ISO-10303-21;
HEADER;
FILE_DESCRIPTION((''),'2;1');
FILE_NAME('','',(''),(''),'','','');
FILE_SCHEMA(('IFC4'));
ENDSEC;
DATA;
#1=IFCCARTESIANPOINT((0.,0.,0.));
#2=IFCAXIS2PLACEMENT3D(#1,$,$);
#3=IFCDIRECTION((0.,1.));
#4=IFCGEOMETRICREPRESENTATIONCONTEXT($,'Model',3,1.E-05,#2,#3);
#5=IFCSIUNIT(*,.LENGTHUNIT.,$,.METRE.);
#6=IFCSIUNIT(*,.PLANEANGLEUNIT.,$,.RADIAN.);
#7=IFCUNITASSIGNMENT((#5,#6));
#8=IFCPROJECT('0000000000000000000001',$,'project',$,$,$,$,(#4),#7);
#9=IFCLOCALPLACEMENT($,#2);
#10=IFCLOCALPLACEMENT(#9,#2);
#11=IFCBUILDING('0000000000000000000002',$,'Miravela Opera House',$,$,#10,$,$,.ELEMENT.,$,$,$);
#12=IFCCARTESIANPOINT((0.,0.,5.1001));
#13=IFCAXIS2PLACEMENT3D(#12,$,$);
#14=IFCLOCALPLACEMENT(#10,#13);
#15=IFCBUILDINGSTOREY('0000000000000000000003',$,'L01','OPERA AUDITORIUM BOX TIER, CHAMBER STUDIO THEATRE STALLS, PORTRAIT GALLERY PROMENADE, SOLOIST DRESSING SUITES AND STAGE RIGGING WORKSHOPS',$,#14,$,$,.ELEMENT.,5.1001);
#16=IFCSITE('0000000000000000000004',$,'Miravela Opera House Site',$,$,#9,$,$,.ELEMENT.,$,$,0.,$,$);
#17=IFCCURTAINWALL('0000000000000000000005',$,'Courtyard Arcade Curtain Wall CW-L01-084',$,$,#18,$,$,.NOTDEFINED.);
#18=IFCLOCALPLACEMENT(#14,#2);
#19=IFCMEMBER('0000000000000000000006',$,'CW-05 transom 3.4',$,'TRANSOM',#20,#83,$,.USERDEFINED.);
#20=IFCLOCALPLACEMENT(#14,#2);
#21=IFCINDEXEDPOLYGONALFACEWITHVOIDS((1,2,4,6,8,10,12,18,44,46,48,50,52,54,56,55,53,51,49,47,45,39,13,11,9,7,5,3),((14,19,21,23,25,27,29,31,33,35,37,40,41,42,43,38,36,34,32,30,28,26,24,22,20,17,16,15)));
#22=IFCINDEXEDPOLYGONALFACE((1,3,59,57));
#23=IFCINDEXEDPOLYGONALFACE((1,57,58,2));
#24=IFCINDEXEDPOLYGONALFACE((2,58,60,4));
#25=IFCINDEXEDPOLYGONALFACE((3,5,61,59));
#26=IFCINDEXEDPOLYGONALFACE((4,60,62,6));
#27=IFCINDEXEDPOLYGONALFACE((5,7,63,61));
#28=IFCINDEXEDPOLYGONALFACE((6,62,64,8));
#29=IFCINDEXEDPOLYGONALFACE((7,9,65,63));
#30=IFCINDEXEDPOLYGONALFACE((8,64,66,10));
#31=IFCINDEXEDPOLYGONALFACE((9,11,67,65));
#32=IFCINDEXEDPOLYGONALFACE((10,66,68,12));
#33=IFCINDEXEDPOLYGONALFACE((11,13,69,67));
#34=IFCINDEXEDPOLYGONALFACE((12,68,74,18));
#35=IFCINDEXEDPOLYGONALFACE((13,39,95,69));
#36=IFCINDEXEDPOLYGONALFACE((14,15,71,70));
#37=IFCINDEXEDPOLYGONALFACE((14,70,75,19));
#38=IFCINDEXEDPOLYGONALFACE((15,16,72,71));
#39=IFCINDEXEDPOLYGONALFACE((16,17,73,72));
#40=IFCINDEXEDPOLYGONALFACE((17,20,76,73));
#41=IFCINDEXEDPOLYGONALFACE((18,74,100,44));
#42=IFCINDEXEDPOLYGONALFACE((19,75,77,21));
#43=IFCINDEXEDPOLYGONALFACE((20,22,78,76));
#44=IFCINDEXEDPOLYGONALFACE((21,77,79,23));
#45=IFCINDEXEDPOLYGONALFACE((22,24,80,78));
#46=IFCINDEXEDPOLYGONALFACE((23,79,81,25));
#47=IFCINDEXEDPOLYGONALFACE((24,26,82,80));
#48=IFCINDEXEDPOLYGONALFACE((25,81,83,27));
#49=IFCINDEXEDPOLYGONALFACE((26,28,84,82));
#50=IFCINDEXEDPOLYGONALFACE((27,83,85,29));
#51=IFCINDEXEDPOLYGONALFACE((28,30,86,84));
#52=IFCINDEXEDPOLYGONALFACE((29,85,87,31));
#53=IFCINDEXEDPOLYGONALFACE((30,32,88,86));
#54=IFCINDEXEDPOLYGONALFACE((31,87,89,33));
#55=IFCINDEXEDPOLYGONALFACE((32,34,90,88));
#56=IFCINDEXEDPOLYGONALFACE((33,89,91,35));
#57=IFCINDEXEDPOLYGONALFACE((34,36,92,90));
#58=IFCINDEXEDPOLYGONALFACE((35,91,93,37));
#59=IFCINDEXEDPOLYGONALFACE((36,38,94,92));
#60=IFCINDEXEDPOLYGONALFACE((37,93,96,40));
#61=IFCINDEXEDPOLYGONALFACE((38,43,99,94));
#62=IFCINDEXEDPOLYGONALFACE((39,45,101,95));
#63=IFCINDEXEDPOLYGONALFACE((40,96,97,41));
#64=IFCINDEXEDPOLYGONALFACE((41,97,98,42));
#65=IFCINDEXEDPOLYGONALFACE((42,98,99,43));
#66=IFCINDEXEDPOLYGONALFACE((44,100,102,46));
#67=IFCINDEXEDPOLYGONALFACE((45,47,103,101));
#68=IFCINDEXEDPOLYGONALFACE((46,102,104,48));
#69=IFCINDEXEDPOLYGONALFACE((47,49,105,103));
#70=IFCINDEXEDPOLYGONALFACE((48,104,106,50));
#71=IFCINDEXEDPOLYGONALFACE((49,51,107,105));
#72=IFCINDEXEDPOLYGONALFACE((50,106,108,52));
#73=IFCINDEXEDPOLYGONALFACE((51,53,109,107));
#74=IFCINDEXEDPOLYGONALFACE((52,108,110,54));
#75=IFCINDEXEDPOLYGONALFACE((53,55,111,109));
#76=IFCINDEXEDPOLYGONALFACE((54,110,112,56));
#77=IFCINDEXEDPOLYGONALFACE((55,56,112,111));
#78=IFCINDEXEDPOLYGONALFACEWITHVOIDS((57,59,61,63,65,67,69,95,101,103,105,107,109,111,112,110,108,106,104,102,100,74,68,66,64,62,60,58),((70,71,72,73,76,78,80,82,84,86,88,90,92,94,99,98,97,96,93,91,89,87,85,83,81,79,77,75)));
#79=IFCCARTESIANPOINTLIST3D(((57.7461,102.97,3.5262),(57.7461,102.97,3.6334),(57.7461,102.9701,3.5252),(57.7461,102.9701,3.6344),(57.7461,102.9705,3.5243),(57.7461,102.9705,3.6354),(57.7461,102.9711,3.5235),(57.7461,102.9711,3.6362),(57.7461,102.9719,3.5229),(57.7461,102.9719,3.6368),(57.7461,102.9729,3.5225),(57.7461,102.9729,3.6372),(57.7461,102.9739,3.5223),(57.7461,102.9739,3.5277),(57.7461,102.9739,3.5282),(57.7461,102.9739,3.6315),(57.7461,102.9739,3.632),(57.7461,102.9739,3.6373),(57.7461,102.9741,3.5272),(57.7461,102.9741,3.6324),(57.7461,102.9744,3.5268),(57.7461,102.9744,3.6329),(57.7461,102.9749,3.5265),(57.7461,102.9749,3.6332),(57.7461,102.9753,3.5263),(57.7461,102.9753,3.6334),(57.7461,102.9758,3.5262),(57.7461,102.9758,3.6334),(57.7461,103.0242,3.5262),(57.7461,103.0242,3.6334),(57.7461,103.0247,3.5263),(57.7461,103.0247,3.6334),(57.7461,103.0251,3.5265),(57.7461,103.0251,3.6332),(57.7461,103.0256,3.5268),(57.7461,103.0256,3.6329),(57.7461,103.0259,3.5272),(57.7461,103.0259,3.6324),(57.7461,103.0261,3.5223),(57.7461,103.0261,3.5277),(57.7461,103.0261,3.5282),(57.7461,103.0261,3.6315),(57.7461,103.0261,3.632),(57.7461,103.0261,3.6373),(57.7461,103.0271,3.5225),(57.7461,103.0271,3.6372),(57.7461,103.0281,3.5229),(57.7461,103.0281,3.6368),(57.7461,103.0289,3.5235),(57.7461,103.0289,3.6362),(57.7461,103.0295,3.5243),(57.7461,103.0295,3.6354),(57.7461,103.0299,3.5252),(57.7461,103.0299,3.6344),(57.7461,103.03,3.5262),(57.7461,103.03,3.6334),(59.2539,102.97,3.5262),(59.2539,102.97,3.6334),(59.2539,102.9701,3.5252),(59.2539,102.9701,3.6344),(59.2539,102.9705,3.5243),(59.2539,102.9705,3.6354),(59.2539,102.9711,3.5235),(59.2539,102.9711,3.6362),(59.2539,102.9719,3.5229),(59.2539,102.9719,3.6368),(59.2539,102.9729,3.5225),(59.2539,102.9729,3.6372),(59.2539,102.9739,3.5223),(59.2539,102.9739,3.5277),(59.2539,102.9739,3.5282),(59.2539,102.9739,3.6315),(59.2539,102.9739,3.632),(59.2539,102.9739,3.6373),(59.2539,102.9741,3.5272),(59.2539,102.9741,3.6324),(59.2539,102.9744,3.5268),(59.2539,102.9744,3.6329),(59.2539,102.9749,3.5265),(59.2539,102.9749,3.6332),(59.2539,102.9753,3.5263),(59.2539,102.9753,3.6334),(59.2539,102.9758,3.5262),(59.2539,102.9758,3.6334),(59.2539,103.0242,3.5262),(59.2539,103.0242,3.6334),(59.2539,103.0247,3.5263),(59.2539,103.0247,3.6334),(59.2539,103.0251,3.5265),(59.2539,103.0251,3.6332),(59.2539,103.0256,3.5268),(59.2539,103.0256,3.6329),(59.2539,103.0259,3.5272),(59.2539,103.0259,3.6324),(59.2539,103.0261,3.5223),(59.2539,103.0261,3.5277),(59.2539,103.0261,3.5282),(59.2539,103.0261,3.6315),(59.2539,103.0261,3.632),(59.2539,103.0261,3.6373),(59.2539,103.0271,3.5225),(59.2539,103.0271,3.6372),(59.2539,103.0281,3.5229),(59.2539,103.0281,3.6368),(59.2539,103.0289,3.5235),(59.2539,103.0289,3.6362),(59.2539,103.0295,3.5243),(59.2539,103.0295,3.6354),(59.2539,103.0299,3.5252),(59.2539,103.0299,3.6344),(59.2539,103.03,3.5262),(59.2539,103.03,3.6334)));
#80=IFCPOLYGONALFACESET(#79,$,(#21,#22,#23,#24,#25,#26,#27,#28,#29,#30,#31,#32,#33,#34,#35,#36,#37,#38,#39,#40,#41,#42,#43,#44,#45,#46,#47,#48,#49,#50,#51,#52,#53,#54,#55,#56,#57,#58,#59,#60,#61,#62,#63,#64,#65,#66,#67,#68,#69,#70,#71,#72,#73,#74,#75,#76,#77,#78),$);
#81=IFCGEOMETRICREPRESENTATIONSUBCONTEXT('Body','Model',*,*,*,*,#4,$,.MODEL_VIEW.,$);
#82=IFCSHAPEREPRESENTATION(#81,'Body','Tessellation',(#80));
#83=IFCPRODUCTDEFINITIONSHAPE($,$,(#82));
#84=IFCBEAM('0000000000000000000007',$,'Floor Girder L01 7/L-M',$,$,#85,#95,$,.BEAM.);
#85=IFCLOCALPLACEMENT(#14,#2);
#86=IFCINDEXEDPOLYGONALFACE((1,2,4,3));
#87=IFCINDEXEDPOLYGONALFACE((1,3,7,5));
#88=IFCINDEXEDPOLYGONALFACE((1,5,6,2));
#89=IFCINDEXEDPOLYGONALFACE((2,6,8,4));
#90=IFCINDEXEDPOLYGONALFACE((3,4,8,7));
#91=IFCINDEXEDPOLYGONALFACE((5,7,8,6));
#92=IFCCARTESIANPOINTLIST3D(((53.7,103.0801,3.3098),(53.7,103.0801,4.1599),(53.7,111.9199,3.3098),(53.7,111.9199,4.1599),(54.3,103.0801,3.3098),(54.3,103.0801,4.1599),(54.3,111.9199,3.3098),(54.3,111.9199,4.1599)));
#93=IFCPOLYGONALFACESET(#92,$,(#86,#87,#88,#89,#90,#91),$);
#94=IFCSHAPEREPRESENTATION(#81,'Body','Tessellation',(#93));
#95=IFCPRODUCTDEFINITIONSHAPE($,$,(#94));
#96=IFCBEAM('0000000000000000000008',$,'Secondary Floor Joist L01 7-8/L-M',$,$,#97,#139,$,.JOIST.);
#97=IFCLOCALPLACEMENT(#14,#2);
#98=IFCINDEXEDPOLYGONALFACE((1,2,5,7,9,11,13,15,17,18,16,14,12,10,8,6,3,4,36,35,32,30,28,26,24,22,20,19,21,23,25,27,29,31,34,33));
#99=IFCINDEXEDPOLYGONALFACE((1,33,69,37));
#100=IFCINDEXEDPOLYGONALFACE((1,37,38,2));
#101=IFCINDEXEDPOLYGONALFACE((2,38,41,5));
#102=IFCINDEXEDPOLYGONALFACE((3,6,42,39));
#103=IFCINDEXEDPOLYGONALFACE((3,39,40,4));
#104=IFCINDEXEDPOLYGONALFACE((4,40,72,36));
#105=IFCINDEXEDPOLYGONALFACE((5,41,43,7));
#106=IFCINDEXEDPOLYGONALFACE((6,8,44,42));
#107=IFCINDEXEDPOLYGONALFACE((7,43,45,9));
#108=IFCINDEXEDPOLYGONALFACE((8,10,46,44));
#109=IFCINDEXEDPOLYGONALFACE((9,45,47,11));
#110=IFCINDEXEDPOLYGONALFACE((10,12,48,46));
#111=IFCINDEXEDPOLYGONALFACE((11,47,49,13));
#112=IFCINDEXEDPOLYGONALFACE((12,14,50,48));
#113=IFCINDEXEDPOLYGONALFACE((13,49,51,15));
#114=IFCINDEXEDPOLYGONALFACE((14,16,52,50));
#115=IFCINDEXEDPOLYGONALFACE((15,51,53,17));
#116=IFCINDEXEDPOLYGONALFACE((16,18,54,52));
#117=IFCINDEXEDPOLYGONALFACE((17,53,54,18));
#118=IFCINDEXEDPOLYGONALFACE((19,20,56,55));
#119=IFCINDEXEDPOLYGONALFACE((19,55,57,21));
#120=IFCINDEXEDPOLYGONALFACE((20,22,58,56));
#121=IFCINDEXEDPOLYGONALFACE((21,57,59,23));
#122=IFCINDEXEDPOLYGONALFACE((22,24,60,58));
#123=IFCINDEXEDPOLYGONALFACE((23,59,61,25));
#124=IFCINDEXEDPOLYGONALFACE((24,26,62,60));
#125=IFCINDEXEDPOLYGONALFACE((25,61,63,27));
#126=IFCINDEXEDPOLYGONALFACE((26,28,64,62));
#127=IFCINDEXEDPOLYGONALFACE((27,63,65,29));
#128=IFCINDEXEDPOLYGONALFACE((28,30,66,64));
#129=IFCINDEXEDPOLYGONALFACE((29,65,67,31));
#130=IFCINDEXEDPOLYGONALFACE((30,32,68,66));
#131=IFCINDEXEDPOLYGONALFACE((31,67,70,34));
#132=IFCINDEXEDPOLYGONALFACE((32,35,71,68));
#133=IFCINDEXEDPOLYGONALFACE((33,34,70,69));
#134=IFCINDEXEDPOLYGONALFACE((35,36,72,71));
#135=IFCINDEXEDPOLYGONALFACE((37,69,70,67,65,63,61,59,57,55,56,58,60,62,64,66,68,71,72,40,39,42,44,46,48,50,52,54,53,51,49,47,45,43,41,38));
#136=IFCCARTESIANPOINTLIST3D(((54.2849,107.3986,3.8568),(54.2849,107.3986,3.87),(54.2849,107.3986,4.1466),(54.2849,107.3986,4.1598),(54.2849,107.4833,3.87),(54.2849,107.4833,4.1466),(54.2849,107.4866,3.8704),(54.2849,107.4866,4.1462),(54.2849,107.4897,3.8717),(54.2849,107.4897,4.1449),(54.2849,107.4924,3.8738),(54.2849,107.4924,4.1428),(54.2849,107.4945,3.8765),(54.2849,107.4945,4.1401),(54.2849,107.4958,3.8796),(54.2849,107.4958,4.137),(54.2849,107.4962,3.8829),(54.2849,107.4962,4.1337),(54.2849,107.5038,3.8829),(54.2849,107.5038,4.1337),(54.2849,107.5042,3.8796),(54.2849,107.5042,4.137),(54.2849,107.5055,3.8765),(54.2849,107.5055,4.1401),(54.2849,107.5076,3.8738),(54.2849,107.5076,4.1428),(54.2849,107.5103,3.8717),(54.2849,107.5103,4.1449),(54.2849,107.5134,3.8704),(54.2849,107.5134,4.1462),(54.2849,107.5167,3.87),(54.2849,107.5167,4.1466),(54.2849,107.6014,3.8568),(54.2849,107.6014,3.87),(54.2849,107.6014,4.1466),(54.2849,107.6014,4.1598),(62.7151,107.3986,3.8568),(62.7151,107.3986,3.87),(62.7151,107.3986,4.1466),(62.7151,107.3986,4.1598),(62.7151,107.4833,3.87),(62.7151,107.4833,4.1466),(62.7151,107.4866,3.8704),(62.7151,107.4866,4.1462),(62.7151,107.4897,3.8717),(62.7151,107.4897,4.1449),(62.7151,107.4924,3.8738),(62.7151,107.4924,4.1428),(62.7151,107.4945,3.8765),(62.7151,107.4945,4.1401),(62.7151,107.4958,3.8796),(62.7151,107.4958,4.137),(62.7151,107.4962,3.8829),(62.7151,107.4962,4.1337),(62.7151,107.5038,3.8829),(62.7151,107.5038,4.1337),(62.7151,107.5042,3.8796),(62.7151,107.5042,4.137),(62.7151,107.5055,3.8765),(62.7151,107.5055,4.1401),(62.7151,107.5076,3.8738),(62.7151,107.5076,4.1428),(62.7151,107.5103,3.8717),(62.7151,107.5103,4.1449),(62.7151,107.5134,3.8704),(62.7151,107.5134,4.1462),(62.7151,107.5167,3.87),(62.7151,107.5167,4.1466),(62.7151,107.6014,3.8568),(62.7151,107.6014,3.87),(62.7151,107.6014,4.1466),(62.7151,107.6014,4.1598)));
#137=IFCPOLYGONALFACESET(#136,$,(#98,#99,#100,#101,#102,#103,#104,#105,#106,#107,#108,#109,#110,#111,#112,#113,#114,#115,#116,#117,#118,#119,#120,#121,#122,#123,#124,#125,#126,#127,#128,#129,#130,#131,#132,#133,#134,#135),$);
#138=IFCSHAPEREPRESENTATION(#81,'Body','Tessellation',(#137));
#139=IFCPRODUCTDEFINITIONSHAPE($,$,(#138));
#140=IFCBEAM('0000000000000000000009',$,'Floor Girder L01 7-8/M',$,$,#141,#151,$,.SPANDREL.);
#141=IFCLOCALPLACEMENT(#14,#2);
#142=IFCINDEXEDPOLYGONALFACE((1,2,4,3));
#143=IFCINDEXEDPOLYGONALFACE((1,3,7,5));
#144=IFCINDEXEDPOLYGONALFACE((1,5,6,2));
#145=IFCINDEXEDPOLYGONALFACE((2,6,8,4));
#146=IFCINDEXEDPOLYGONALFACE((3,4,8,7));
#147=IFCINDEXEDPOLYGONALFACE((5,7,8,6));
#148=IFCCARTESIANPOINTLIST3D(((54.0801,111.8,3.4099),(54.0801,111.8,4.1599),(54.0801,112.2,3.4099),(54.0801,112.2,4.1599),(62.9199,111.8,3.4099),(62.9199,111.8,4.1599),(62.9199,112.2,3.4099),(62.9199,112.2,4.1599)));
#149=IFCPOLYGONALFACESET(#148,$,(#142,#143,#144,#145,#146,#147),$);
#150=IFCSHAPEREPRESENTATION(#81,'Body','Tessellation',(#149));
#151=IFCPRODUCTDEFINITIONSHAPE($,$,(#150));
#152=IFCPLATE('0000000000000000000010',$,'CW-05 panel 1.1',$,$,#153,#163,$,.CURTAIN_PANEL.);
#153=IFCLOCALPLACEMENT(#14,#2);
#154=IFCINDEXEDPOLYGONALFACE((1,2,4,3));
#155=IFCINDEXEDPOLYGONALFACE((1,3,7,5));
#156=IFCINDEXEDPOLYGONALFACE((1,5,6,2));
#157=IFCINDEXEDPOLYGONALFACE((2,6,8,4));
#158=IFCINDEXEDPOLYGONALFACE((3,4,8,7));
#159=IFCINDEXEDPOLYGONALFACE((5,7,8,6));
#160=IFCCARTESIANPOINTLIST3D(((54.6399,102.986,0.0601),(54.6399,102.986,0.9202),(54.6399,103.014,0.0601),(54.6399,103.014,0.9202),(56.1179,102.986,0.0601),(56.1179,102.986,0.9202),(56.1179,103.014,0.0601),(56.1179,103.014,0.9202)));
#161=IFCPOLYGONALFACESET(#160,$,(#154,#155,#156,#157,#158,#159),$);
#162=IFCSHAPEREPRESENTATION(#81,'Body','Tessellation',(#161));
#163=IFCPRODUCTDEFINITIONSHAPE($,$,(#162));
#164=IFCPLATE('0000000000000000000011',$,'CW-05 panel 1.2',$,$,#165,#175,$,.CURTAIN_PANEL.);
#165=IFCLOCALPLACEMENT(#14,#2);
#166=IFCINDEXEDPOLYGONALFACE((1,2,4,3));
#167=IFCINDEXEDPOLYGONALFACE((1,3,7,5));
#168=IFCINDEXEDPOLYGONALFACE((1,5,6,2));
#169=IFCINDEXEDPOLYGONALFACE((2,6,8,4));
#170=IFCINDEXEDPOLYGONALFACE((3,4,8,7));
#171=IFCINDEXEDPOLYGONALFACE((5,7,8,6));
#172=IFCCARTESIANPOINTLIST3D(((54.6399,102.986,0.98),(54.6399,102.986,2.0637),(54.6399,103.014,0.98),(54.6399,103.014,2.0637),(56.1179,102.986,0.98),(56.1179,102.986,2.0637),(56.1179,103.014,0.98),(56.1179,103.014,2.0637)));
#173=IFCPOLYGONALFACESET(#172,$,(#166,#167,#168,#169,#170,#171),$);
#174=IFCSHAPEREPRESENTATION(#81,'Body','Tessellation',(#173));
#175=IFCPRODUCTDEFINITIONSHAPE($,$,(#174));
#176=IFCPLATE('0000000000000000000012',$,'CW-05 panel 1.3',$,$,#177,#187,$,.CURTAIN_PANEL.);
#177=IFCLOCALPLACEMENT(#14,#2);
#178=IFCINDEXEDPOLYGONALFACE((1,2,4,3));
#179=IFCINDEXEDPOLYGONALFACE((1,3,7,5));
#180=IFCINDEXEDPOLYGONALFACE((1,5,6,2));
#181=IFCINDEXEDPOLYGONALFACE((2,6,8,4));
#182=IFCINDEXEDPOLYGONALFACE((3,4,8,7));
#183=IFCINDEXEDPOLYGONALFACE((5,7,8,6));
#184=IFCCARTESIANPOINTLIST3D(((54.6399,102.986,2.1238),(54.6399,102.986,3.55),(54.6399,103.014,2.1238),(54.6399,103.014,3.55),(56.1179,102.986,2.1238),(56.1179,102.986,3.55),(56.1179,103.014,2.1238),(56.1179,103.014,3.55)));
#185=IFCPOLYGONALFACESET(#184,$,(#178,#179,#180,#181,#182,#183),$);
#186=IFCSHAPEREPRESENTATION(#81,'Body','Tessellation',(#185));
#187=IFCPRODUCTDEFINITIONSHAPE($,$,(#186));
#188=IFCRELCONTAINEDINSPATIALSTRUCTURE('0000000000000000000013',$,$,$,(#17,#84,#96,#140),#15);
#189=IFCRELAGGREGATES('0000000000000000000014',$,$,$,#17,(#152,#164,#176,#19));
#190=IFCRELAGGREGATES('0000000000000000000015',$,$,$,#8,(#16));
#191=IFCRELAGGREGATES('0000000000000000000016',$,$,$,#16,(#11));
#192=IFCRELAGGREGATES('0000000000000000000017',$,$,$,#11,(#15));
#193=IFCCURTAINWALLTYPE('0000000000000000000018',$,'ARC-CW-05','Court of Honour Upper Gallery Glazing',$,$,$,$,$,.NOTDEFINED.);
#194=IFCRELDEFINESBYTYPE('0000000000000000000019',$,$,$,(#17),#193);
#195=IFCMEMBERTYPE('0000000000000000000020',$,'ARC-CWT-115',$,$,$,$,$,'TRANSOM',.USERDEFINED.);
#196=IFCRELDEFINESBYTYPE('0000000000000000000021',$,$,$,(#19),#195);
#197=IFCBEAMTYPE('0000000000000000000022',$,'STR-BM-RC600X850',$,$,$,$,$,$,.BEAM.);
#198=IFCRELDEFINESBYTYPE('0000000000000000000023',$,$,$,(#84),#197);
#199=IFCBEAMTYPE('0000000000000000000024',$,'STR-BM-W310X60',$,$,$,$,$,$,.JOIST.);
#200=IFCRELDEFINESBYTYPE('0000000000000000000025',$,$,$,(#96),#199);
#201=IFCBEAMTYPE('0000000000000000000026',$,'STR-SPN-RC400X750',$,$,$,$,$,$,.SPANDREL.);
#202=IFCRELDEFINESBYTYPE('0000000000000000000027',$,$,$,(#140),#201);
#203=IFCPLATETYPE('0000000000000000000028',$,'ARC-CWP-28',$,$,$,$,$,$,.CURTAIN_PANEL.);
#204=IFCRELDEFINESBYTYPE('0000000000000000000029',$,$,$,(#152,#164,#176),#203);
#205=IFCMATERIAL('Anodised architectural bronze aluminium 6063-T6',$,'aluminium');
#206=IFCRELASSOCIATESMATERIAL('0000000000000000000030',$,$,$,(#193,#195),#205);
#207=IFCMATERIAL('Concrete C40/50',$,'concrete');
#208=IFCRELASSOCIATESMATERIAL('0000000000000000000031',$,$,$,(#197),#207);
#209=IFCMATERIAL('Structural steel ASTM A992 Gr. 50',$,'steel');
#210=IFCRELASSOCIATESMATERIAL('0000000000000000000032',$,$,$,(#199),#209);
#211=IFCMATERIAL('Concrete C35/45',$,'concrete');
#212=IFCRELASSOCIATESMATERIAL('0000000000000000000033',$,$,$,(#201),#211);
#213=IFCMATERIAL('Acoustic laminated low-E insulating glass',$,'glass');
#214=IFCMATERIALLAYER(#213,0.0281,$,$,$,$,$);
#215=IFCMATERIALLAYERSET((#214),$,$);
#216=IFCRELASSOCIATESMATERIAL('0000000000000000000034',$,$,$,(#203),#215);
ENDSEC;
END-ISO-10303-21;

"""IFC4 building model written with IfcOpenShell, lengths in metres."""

from ifc_helpers import new_model, si_unit, direction, frame, origin, origin_2d, place, context, subcontext, project, spatial, rectangle, hollow_rectangle, i_section, extrude, material, layer, layer_set, material_profile, profile_set, type_object, element, aggregate, save


model = new_model("IFC4")

# Units and contexts
model_context = context("Model", 3, precision=1e-05, world=origin(), true_north=direction((0.0, 1.0)))
body_context = subcontext(model_context, "Body", "Model", "MODEL_VIEW")
ifc_project = project(units=[si_unit("LENGTHUNIT", "METRE"), si_unit("PLANEANGLEUNIT", "RADIAN")], contexts=[model_context])

# Site, building, storey
site_placement = place(None, origin())
site = spatial("IfcSite", under=ifc_project, at=site_placement, Name="Miravela Opera House Site", CompositionType="ELEMENT", RefElevation=0.0)
building_placement = place(site_placement, origin())
building = spatial("IfcBuilding", under=site, at=building_placement, Name="Miravela Opera House", CompositionType="ELEMENT")
storey_placement = place(building_placement, frame((0.0, 0.0, 5.1001)))
storey = spatial("IfcBuildingStorey", under=building, at=storey_placement, Name="L01", Description="OPERA AUDITORIUM BOX TIER, CHAMBER STUDIO THEATRE STALLS, PORTRAIT GALLERY PROMENADE, SOLOIST DRESSING SUITES AND STAGE RIGGING WORKSHOPS", CompositionType="ELEMENT", Elevation=5.1001)

# Shared definitions
ifc_material_1 = material(Name="Concrete C35/45", Category="concrete")

# Curtain wall, member
ifc_material_2 = material(Name="Anodised architectural bronze aluminium 6063-T6", Category="aluminium")
curtain_wall_type = type_object("IfcCurtainWallType", Name="ARC-CW-05", Description="Court of Honour Upper Gallery Glazing", PredefinedType="NOTDEFINED", material=ifc_material_2)
curtain_wall_placement = place(storey_placement, origin())
curtain_wall = element("IfcCurtainWall", 1, at=curtain_wall_placement, inside=storey, type_object=curtain_wall_type, Name="Courtyard Arcade Curtain Wall CW-L01-084", PredefinedType="NOTDEFINED")
ifc_material_profile_1 = material_profile(ifc_material_2, hollow_rectangle(XDim=0.0601, YDim=0.115, WallThickness=0.0039, InnerFilletRadius=0.002, OuterFilletRadius=0.0039, at=origin_2d()), Name="CWT-60X115")
ifc_profile_set_1 = profile_set([ifc_material_profile_1])
member_type_1 = type_object("IfcMemberType", Name="ARC-CWT-115", ElementType="TRANSOM", PredefinedType="USERDEFINED", material=ifc_profile_set_1)
member_1_placement = place(storey_placement, frame((57.7461, 103.0, 3.5798), z_axis=(1.0, 0.0, 0.0), x_axis=(0.0, 1.0, 0.0)))
member_1 = element("IfcMember", 2, at=member_1_placement, type_object=member_type_1, Name="CW-05 transom 3.4", ObjectType="TRANSOM", PredefinedType="USERDEFINED", context=body_context, shape_type="SweptSolid", body=[
    extrude(hollow_rectangle(XDim=0.0601, YDim=0.115, WallThickness=0.0039, InnerFilletRadius=0.002, OuterFilletRadius=0.0039, at=origin_2d()), origin(), (0.0, 0.0, 1.0), 1.5078),
])

# Beams
ifc_material_3 = material(Name="Concrete C40/50", Category="concrete")
ifc_material_profile_2 = material_profile(ifc_material_3, rectangle(XDim=0.6001, YDim=0.8501, at=origin_2d()), Name="RC-BM-600X850")
ifc_profile_set_2 = profile_set([ifc_material_profile_2])
beam_type_1 = type_object("IfcBeamType", Name="STR-BM-RC600X850", PredefinedType="BEAM", material=ifc_profile_set_2)
beam_1_placement = place(storey_placement, frame((54.0, 103.0801, 3.7349), z_axis=(0.0, 1.0, 0.0), x_axis=(-1.0, 0.0, 0.0)))
element("IfcBeam", 3, at=beam_1_placement, inside=storey, type_object=beam_type_1, Name="Floor Girder L01 7/L-M", PredefinedType="BEAM", context=body_context, shape_type="SweptSolid", body=[
    extrude(rectangle(XDim=0.6001, YDim=0.8501, at=origin_2d()), origin(), (0.0, 0.0, 1.0), 8.8398),
])
ifc_material_4 = material(Name="Structural steel ASTM A992 Gr. 50", Category="steel")
ifc_material_profile_3 = material_profile(ifc_material_4, i_section(OverallWidth=0.2029, OverallDepth=0.303, WebThickness=0.0076, FlangeThickness=0.0132, FilletRadius=0.0129, at=origin_2d()), Name="W310X60")
ifc_profile_set_3 = profile_set([ifc_material_profile_3])
beam_type_2 = type_object("IfcBeamType", Name="STR-BM-W310X60", PredefinedType="JOIST", material=ifc_profile_set_3)
beam_2_placement = place(storey_placement, frame((54.2849, 107.5, 4.0083), z_axis=(1.0, 0.0, 0.0), x_axis=(0.0, 1.0, 0.0)))
element("IfcBeam", 4, at=beam_2_placement, inside=storey, type_object=beam_type_2, Name="Secondary Floor Joist L01 7-8/L-M", PredefinedType="JOIST", context=body_context, shape_type="SweptSolid", body=[
    extrude(i_section(OverallWidth=0.2029, OverallDepth=0.303, WebThickness=0.0076, FlangeThickness=0.0132, FilletRadius=0.0129, at=origin_2d()), origin(), (0.0, 0.0, 1.0), 8.4302),
])
ifc_material_profile_4 = material_profile(ifc_material_1, rectangle(XDim=0.3999, YDim=0.75, at=origin_2d()), Name="RC-SPN-400X750")
ifc_profile_set_4 = profile_set([ifc_material_profile_4])
beam_type_3 = type_object("IfcBeamType", Name="STR-SPN-RC400X750", PredefinedType="SPANDREL", material=ifc_profile_set_4)
beam_3_placement = place(storey_placement, frame((54.0801, 112.0, 3.7849), z_axis=(1.0, 0.0, 0.0), x_axis=(0.0, 1.0, 0.0)))
element("IfcBeam", 5, at=beam_3_placement, inside=storey, type_object=beam_type_3, Name="Floor Girder L01 7-8/M", PredefinedType="SPANDREL", context=body_context, shape_type="SweptSolid", body=[
    extrude(rectangle(XDim=0.3999, YDim=0.75, at=origin_2d()), origin(), (0.0, 0.0, 1.0), 8.8398),
])

# Plates
ifc_material_5 = material(Name="Acoustic laminated low-E insulating glass", Category="glass")
ifc_layer_1 = layer(ifc_material_5, 0.0281)
ifc_layer_set_1 = layer_set([ifc_layer_1])
plate_type = type_object("IfcPlateType", Name="ARC-CWP-28", PredefinedType="CURTAIN_PANEL", material=ifc_layer_set_1)
plate_1_placement = place(storey_placement, frame((55.3789, 103.0, 0.0601), z_axis=(0.0, 0.0, 1.0), x_axis=(1.0, 0.0, 0.0)))
plate_1 = element("IfcPlate", 6, at=plate_1_placement, type_object=plate_type, Name="CW-05 panel 1.1", PredefinedType="CURTAIN_PANEL", context=body_context, shape_type="SweptSolid", body=[
    extrude(rectangle(XDim=1.478, YDim=0.0281, at=origin_2d()), origin(), (0.0, 0.0, 1.0), 0.8601),
])
plate_2_placement = place(storey_placement, frame((55.3789, 103.0, 0.98), z_axis=(0.0, 0.0, 1.0), x_axis=(1.0, 0.0, 0.0)))
plate_2 = element("IfcPlate", 7, at=plate_2_placement, type_object=plate_type, Name="CW-05 panel 1.2", PredefinedType="CURTAIN_PANEL", context=body_context, shape_type="SweptSolid", body=[
    extrude(rectangle(XDim=1.478, YDim=0.0281, at=origin_2d()), origin(), (0.0, 0.0, 1.0), 1.0837),
])
plate_3_placement = place(storey_placement, frame((55.3789, 103.0, 2.1238), z_axis=(0.0, 0.0, 1.0), x_axis=(1.0, 0.0, 0.0)))
plate_3 = element("IfcPlate", 8, at=plate_3_placement, type_object=plate_type, Name="CW-05 panel 1.3", PredefinedType="CURTAIN_PANEL", context=body_context, shape_type="SweptSolid", body=[
    extrude(rectangle(XDim=1.478, YDim=0.0281, at=origin_2d()), origin(), (0.0, 0.0, 1.0), 1.4263),
])
aggregate(curtain_wall, [plate_1, plate_2, plate_3, member_1])

save(model, "model.ifc")
